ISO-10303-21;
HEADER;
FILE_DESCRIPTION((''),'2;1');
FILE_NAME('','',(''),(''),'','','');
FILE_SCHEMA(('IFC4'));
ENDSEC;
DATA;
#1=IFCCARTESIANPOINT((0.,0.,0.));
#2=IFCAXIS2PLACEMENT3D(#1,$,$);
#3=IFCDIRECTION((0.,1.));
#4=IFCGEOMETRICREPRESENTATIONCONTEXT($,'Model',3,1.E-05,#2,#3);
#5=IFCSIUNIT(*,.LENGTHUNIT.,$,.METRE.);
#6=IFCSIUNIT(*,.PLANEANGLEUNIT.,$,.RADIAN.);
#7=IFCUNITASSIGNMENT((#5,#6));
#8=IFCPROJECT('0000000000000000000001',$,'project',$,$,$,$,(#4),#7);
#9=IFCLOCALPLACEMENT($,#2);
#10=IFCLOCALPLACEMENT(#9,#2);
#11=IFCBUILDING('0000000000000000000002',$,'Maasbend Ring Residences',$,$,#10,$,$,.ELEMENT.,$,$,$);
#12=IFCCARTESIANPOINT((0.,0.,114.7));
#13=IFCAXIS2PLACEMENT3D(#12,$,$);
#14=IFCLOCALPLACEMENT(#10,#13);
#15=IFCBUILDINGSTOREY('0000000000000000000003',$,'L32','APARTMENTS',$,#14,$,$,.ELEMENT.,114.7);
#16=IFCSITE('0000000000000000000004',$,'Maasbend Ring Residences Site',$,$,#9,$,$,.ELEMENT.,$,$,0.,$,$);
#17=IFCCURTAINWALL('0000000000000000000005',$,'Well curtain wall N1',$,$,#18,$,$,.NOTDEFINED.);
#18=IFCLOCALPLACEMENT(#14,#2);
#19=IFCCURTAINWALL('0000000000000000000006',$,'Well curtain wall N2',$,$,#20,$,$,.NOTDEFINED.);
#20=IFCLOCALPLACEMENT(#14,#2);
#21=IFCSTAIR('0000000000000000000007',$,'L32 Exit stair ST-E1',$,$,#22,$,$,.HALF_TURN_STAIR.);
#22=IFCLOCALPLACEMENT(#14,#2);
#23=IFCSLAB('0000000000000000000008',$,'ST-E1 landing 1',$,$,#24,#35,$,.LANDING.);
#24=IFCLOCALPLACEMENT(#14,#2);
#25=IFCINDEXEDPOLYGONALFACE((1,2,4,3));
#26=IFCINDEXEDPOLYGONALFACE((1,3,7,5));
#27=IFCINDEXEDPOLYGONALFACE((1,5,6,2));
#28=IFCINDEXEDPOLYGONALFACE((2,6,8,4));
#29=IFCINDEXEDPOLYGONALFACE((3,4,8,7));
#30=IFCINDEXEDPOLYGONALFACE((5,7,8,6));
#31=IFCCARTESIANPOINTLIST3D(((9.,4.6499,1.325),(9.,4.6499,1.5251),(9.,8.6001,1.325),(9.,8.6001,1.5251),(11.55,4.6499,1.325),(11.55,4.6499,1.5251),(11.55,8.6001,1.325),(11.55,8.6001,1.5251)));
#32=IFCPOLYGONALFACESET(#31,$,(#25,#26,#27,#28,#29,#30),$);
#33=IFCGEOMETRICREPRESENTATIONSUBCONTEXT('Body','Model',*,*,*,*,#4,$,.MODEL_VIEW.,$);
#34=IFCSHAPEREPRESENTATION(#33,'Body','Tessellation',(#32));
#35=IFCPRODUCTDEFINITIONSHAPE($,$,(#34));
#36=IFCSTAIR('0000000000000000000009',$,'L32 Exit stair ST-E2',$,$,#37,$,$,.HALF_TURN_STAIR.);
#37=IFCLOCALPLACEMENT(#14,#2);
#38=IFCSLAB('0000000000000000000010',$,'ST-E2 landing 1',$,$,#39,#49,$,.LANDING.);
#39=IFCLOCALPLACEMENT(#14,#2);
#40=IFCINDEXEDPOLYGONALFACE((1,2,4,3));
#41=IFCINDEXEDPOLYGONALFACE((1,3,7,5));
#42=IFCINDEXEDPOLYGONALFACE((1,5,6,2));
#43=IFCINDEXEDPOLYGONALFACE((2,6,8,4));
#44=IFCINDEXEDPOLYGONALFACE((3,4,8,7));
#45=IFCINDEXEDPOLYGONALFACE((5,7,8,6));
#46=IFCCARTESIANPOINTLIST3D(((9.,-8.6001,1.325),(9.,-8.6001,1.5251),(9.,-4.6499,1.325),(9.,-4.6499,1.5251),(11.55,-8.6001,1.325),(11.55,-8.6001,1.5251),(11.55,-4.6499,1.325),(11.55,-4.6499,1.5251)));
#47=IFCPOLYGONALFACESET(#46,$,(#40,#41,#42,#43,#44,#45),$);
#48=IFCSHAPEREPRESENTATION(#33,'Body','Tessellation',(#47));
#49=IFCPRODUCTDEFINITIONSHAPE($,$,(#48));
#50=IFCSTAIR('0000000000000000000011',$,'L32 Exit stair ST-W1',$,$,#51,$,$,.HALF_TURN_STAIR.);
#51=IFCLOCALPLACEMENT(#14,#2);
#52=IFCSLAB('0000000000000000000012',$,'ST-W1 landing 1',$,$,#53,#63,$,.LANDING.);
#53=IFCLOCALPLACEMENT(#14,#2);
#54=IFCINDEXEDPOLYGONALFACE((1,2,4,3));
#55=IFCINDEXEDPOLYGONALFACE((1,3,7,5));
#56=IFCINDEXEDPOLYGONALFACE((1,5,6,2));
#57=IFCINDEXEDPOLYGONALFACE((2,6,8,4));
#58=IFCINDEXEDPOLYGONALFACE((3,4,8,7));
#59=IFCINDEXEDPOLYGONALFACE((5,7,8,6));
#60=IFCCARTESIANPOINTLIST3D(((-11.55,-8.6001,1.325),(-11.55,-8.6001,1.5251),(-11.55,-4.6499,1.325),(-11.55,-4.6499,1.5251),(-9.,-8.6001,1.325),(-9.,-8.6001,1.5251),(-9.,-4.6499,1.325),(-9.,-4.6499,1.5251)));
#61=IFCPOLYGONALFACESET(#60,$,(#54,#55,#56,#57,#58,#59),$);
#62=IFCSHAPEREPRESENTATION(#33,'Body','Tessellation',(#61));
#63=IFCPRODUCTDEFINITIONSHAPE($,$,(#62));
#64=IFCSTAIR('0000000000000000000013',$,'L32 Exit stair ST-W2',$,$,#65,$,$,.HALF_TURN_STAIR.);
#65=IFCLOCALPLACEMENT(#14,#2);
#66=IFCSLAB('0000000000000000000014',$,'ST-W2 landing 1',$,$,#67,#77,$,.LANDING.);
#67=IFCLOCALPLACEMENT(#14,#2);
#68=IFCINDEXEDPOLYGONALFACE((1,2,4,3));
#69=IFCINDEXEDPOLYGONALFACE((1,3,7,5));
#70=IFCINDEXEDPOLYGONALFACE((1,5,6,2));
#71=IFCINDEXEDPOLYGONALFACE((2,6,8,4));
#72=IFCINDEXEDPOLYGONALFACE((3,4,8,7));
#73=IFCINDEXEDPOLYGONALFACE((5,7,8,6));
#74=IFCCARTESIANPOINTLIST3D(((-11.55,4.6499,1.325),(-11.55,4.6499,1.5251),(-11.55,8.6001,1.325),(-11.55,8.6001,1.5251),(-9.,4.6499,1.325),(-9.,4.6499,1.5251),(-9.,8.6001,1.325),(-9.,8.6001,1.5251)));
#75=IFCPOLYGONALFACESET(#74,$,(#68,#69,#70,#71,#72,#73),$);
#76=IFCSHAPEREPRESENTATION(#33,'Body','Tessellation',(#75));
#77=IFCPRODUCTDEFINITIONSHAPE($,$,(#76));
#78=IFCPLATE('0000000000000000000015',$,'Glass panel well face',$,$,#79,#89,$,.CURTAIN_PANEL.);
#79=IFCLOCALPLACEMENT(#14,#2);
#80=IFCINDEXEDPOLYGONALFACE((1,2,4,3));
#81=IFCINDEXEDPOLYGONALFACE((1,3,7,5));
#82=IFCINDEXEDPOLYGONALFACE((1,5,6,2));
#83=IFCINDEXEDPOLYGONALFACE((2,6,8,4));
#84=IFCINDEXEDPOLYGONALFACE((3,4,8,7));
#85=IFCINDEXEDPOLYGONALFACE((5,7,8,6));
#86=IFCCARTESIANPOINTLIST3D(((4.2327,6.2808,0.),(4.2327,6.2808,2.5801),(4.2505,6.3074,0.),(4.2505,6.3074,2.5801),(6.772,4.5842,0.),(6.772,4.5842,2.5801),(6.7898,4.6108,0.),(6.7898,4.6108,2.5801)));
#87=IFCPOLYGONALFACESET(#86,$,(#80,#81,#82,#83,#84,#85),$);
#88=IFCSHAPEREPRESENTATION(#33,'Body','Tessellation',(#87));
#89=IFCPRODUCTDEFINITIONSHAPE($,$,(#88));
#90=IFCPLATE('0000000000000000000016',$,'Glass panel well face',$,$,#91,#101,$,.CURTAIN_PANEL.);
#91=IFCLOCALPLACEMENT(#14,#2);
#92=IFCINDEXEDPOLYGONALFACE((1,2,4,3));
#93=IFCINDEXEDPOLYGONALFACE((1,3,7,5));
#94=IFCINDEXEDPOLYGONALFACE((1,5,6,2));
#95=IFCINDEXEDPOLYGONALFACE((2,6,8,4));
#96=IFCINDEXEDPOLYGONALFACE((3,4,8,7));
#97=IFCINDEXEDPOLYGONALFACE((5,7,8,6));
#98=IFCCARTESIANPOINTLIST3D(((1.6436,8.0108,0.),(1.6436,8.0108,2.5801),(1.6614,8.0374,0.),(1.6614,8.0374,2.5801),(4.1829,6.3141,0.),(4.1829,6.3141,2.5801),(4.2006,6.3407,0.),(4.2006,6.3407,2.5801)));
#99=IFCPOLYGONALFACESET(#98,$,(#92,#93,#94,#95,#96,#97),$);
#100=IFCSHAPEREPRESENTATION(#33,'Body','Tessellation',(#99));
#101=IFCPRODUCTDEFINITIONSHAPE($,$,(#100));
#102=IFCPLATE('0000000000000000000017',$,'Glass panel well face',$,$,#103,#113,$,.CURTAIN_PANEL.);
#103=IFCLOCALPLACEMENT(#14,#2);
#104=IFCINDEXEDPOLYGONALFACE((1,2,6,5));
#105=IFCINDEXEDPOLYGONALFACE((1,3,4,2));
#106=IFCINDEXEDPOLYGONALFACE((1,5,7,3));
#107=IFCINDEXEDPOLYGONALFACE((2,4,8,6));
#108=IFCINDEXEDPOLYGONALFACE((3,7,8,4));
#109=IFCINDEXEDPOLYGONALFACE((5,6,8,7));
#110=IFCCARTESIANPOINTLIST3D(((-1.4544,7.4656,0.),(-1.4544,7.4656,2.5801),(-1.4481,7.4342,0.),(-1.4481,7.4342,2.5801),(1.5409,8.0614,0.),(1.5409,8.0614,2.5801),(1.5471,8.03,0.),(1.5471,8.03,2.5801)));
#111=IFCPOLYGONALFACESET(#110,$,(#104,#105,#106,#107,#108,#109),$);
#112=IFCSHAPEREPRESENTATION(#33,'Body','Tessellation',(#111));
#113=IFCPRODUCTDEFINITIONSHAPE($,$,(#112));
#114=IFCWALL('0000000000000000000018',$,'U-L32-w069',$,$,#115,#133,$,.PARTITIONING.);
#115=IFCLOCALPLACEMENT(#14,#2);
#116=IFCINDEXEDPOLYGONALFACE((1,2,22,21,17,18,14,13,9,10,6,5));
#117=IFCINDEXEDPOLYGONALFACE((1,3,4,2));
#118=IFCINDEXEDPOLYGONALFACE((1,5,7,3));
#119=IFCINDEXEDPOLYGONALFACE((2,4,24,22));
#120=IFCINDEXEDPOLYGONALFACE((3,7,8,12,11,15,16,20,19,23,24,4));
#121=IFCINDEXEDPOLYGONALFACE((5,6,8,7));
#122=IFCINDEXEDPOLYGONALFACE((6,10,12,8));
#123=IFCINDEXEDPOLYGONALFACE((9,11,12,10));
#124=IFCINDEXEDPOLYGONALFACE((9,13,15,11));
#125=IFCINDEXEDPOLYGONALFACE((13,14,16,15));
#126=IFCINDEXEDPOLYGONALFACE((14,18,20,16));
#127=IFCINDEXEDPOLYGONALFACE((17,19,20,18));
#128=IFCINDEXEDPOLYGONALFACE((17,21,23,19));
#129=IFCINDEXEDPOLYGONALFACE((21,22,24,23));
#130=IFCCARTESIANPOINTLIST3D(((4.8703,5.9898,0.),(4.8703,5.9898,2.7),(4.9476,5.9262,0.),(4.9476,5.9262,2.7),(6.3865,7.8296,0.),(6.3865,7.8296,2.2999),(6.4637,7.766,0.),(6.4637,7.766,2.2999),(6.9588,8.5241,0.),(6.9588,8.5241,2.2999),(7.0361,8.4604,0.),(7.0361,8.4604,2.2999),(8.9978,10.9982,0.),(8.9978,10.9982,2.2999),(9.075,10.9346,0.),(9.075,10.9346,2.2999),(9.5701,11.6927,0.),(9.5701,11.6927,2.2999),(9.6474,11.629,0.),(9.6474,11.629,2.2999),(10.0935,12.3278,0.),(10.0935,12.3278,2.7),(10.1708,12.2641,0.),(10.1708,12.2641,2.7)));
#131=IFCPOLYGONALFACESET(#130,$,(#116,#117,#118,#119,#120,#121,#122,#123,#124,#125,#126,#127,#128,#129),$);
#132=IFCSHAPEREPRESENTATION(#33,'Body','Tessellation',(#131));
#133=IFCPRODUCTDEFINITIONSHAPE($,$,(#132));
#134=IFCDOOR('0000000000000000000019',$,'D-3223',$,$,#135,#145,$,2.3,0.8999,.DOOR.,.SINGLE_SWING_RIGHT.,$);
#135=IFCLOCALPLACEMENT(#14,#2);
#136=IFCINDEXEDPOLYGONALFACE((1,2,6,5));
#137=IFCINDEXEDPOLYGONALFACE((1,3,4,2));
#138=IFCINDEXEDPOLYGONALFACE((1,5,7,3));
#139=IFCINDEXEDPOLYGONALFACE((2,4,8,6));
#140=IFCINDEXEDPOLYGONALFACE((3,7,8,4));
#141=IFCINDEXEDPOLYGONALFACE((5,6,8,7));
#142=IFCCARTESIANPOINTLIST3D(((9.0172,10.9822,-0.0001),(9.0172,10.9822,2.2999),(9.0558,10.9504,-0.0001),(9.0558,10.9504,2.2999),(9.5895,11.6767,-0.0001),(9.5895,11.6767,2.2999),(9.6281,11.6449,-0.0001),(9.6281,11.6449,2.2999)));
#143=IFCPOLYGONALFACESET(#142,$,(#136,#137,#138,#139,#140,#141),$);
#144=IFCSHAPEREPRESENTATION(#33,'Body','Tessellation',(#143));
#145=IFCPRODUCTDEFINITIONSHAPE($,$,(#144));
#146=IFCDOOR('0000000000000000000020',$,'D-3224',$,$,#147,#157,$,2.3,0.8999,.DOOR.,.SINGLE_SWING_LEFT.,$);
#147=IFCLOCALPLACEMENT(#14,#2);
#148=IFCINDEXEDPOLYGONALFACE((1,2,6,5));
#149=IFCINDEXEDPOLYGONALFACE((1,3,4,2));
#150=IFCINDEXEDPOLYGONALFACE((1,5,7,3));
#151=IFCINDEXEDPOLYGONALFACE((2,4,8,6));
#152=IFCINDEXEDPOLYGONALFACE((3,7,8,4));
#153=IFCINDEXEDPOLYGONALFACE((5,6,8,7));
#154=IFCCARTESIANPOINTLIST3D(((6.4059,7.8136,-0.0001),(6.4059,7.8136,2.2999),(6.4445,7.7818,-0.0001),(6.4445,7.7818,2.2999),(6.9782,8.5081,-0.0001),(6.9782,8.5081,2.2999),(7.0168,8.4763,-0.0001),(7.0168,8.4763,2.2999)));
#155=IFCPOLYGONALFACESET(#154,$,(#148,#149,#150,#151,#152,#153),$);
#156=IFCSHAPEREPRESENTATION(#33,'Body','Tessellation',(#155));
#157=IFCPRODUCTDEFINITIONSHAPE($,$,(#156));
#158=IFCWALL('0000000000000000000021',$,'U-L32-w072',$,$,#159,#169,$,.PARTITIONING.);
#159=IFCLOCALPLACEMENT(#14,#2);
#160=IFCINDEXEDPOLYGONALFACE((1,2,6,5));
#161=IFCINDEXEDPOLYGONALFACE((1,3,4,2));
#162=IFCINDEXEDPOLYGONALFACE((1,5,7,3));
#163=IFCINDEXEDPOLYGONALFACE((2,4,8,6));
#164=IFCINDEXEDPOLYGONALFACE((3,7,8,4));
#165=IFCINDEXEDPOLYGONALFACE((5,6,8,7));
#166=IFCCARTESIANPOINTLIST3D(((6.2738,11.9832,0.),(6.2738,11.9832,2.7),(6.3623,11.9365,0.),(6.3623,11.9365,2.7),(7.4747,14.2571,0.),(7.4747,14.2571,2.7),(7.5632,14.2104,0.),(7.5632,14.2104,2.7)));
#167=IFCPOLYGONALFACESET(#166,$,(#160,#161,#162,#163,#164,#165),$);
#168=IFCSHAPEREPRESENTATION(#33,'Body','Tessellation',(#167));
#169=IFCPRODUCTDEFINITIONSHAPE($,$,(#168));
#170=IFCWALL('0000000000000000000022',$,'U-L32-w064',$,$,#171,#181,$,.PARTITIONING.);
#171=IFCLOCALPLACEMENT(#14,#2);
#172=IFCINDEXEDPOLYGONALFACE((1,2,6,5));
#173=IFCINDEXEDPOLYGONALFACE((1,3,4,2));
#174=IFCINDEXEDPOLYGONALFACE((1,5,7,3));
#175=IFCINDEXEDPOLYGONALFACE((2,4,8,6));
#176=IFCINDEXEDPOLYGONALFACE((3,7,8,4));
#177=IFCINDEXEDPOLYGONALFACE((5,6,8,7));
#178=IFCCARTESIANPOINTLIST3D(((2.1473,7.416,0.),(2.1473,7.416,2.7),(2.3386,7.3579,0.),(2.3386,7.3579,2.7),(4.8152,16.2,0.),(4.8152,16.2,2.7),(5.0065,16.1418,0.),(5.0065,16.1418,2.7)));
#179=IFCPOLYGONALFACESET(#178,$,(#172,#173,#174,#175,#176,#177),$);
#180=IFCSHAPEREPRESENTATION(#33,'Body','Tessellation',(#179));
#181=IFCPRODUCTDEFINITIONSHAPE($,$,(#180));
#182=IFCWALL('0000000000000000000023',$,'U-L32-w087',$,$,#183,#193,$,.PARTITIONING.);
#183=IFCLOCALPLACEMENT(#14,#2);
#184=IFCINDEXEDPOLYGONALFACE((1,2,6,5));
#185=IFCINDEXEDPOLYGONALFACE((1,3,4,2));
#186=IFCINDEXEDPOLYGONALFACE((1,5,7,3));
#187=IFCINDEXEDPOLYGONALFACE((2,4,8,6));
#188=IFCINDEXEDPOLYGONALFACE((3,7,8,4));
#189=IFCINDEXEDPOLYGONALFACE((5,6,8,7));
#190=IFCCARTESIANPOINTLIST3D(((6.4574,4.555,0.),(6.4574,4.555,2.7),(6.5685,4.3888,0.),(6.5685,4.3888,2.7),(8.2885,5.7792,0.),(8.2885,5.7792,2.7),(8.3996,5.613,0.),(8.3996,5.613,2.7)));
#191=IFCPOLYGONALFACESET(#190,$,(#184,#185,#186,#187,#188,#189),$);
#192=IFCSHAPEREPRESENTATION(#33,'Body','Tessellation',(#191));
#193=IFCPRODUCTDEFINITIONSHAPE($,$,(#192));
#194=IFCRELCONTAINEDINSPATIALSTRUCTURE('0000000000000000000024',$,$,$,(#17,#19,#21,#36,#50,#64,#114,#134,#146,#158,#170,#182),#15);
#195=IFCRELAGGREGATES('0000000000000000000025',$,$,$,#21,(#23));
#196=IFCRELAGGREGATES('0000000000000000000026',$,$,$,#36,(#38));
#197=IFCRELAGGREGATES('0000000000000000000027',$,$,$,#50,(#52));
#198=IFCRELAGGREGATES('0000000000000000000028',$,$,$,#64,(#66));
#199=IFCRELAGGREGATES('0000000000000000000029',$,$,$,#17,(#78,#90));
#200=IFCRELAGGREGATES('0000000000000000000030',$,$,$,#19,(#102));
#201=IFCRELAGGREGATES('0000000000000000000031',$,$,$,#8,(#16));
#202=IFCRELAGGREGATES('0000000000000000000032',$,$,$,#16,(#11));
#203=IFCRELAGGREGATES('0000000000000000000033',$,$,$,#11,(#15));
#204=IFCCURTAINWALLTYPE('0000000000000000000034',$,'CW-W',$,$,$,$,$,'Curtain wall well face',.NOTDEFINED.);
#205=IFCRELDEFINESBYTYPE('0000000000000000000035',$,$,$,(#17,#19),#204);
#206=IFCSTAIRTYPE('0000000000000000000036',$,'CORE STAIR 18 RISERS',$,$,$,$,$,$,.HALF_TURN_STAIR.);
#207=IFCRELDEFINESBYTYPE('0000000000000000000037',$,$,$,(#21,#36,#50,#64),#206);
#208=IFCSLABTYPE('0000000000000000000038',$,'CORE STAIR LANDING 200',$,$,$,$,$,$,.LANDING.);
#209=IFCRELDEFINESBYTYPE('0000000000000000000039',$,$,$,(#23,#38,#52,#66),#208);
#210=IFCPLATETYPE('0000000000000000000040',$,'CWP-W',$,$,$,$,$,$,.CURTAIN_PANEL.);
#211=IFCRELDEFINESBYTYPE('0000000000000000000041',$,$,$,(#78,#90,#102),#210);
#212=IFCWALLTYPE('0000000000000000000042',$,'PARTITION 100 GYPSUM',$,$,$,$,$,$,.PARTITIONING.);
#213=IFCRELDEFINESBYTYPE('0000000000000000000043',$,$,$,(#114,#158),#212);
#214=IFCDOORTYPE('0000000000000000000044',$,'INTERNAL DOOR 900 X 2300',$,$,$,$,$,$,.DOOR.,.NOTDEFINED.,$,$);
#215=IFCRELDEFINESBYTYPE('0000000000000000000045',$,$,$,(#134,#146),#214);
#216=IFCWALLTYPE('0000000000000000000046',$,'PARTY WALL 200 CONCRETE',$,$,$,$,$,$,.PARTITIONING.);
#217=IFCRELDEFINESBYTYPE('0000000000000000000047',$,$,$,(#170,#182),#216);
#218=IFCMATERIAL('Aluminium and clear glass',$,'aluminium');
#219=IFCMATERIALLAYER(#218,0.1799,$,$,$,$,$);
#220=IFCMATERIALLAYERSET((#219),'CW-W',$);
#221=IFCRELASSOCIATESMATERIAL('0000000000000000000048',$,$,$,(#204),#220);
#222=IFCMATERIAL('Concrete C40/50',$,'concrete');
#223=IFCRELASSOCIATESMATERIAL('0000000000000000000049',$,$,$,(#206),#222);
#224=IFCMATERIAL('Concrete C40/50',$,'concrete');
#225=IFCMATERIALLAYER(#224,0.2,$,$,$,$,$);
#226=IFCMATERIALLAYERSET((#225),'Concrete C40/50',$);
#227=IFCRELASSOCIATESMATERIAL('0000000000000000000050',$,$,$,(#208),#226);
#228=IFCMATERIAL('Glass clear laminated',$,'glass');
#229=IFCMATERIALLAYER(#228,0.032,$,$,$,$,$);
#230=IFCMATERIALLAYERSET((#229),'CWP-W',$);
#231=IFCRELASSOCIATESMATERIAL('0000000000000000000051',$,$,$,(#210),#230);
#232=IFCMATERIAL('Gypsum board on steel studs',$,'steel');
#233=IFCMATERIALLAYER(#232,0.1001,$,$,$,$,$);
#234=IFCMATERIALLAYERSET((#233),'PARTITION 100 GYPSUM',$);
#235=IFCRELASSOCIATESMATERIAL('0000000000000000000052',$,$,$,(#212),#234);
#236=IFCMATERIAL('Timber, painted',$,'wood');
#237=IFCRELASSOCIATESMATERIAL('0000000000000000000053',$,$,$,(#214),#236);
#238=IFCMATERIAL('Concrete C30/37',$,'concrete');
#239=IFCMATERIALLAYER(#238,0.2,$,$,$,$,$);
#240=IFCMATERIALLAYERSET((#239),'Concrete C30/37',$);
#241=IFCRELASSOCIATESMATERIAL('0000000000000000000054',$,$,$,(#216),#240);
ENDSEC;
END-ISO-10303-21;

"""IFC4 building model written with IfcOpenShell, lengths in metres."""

from ifc_helpers import new_model, si_unit, direction, frame, frame_2d, origin, origin_2d, place, context, subcontext, project, spatial, polyline, rectangle, outline, extrude, material, layer, layer_set, type_object, element, fill, aggregate, save


model = new_model("IFC4")

# Units and contexts
model_context = context("Model", 3, precision=1e-05, world=origin(), true_north=direction((0.0, 1.0)))
body_context = subcontext(model_context, "Body", "Model", "MODEL_VIEW")
ifc_project = project(units=[si_unit("LENGTHUNIT", "METRE"), si_unit("PLANEANGLEUNIT", "RADIAN")], contexts=[model_context])

# Site, building, storey
site_placement = place(None, origin())
site = spatial("IfcSite", under=ifc_project, at=site_placement, Name="Maasbend Ring Residences Site", CompositionType="ELEMENT", RefElevation=0.0)
building_placement = place(site_placement, origin())
building = spatial("IfcBuilding", under=site, at=building_placement, Name="Maasbend Ring Residences", CompositionType="ELEMENT")
storey_placement = place(building_placement, frame((0.0, 0.0, 114.7)))
storey = spatial("IfcBuildingStorey", under=building, at=storey_placement, Name="L32", Description="APARTMENTS", CompositionType="ELEMENT", Elevation=114.7)

# Curtain wall
ifc_material_1 = material(Name="Aluminium and clear glass", Category="aluminium")
ifc_layer_1 = layer(ifc_material_1, 0.1799)
ifc_layer_set_1 = layer_set([ifc_layer_1], Name="CW-W")
curtain_wall_type = type_object("IfcCurtainWallType", Name="CW-W", ElementType="Curtain wall well face", PredefinedType="NOTDEFINED", material=ifc_layer_set_1)
curtain_wall_1_placement = place(storey_placement, origin())
curtain_wall_1 = element("IfcCurtainWall", 1, at=curtain_wall_1_placement, inside=storey, type_object=curtain_wall_type, Name="Well curtain wall N1", PredefinedType="NOTDEFINED")

# Curtain wall
curtain_wall_2_placement = place(storey_placement, origin())
curtain_wall_2 = element("IfcCurtainWall", 2, at=curtain_wall_2_placement, inside=storey, type_object=curtain_wall_type, Name="Well curtain wall N2", PredefinedType="NOTDEFINED")

# Stairs, slabs
ifc_material_2 = material(Name="Concrete C40/50", Category="concrete")
stair_type = type_object("IfcStairType", Name="CORE STAIR 18 RISERS", PredefinedType="HALF_TURN_STAIR", material=ifc_material_2)
stair_1_placement = place(storey_placement, origin())
stair_1 = element("IfcStair", 3, at=stair_1_placement, inside=storey, type_object=stair_type, Name="L32 Exit stair ST-E1", PredefinedType="HALF_TURN_STAIR")
ifc_material_3 = material(Name="Concrete C40/50", Category="concrete")
ifc_layer_2 = layer(ifc_material_3, 0.2)
ifc_layer_set_2 = layer_set([ifc_layer_2], Name="Concrete C40/50")
slab_type = type_object("IfcSlabType", Name="CORE STAIR LANDING 200", PredefinedType="LANDING", material=ifc_layer_set_2)
slab_1_placement = place(storey_placement, frame((0.0, 0.0, 1.325)))
slab_1 = element("IfcSlab", 4, at=slab_1_placement, type_object=slab_type, Name="ST-E1 landing 1", PredefinedType="LANDING", context=body_context, shape_type="SweptSolid", body=[
    extrude(outline(polyline([(11.55, 8.6001), (9.0, 8.6001), (9.0, 4.6499), (11.55, 4.6499), (11.55, 8.6001)])), origin(), (0.0, 0.0, 1.0), 0.2002),
])
aggregate(stair_1, [slab_1])
stair_2_placement = place(storey_placement, origin())
stair_2 = element("IfcStair", 5, at=stair_2_placement, inside=storey, type_object=stair_type, Name="L32 Exit stair ST-E2", PredefinedType="HALF_TURN_STAIR")
slab_2_placement = place(storey_placement, frame((0.0, 0.0, 1.325)))
slab_2 = element("IfcSlab", 6, at=slab_2_placement, type_object=slab_type, Name="ST-E2 landing 1", PredefinedType="LANDING", context=body_context, shape_type="SweptSolid", body=[
    extrude(outline(polyline([(11.55, -4.6499), (9.0, -4.6499), (9.0, -8.6001), (11.55, -8.6001), (11.55, -4.6499)])), origin(), (0.0, 0.0, 1.0), 0.2002),
])
aggregate(stair_2, [slab_2])
stair_3_placement = place(storey_placement, origin())
stair_3 = element("IfcStair", 7, at=stair_3_placement, inside=storey, type_object=stair_type, Name="L32 Exit stair ST-W1", PredefinedType="HALF_TURN_STAIR")
slab_3_placement = place(storey_placement, frame((0.0, 0.0, 1.325)))
slab_3 = element("IfcSlab", 8, at=slab_3_placement, type_object=slab_type, Name="ST-W1 landing 1", PredefinedType="LANDING", context=body_context, shape_type="SweptSolid", body=[
    extrude(outline(polyline([(-11.55, -8.6001), (-9.0, -8.6001), (-9.0, -4.6499), (-11.55, -4.6499), (-11.55, -8.6001)])), origin(), (0.0, 0.0, 1.0), 0.2002),
])
aggregate(stair_3, [slab_3])
stair_4_placement = place(storey_placement, origin())
stair_4 = element("IfcStair", 9, at=stair_4_placement, inside=storey, type_object=stair_type, Name="L32 Exit stair ST-W2", PredefinedType="HALF_TURN_STAIR")
slab_4_placement = place(storey_placement, frame((0.0, 0.0, 1.325)))
slab_4 = element("IfcSlab", 10, at=slab_4_placement, type_object=slab_type, Name="ST-W2 landing 1", PredefinedType="LANDING", context=body_context, shape_type="SweptSolid", body=[
    extrude(outline(polyline([(-11.55, 4.6499), (-9.0, 4.6499), (-9.0, 8.6001), (-11.55, 8.6001), (-11.55, 4.6499)])), origin(), (0.0, 0.0, 1.0), 0.2002),
])
aggregate(stair_4, [slab_4])

# Plates
ifc_material_4 = material(Name="Glass clear laminated", Category="glass")
ifc_layer_3 = layer(ifc_material_4, 0.032)
ifc_layer_set_3 = layer_set([ifc_layer_3], Name="CWP-W")
plate_type = type_object("IfcPlateType", Name="CWP-W", PredefinedType="CURTAIN_PANEL", material=ifc_layer_set_3)
plate_1_placement = place(storey_placement, frame((5.5112, 5.4458, 0.0), z_axis=(0.0, 0.0, 1.0), x_axis=(-0.83147, 0.55557, 0.0)))
plate_1 = element("IfcPlate", 11, at=plate_1_placement, type_object=plate_type, Name="Glass panel well face", PredefinedType="CURTAIN_PANEL", context=body_context, shape_type="SweptSolid", body=[
    extrude(rectangle(XDim=3.054, YDim=0.032, at=origin_2d()), origin(), (0.0, 0.0, 1.0), 2.5801),
])
plate_2_placement = place(storey_placement, frame((2.9221, 7.1758, 0.0), z_axis=(0.0, 0.0, 1.0), x_axis=(-0.83147, 0.55557, 0.0)))
plate_2 = element("IfcPlate", 12, at=plate_2_placement, type_object=plate_type, Name="Glass panel well face", PredefinedType="CURTAIN_PANEL", context=body_context, shape_type="SweptSolid", body=[
    extrude(rectangle(XDim=3.054, YDim=0.032, at=origin_2d()), origin(), (0.0, 0.0, 1.0), 2.5801),
])
aggregate(curtain_wall_1, [plate_1, plate_2])
plate_3_placement = place(storey_placement, frame((0.0464, 7.7478, 0.0), z_axis=(0.0, 0.0, 1.0), x_axis=(-0.980785, -0.19509, 0.0)))
plate_3 = element("IfcPlate", 13, at=plate_3_placement, type_object=plate_type, Name="Glass panel well face", PredefinedType="CURTAIN_PANEL", context=body_context, shape_type="SweptSolid", body=[
    extrude(rectangle(XDim=3.054, YDim=0.032, at=origin_2d()), origin(), (0.0, 0.0, 1.0), 2.5801),
])
aggregate(curtain_wall_2, [plate_3])

# Wall, openings, doors
ifc_material_5 = material(Name="Gypsum board on steel studs", Category="steel")
ifc_layer_4 = layer(ifc_material_5, 0.1001)
ifc_layer_set_4 = layer_set([ifc_layer_4], Name="PARTITION 100 GYPSUM")
wall_type_1 = type_object("IfcWallType", Name="PARTITION 100 GYPSUM", PredefinedType="PARTITIONING", material=ifc_layer_set_4)
wall_1_placement = place(storey_placement, frame((4.9089, 5.958, 0.0), z_axis=(0.0, 0.0, 1.0), x_axis=(0.635976, 0.771709, 0.0)))
wall_1 = element("IfcWall", 14, at=wall_1_placement, inside=storey, type_object=wall_type_1, Name="U-L32-w069", PredefinedType="PARTITIONING", context=body_context, shape_type="SweptSolid", body=[
    extrude(rectangle(XDim=8.2129, YDim=0.1001, at=frame_2d((4.1064, 0.0))), origin(), (0.0, 0.0, 1.0), 2.7),
])
opening_1_placement = place(wall_1_placement, frame((6.49, 0.0, 0.0)))
opening_1 = element("IfcOpeningElement", 15, at=opening_1_placement, cuts=wall_1, PredefinedType="OPENING", context=body_context, shape_type="SweptSolid", body=[
    extrude(rectangle(XDim=0.8999, YDim=2.3, at=frame_2d((0.45, 1.1499))), frame((0.0, 0.0601, 0.0), z_axis=(0.0, -1.0, 0.0), x_axis=(1.0, 0.0, 0.0)), (0.0, 0.0, 1.0), 0.1201),
])
opening_2_placement = place(wall_1_placement, frame((2.384, 0.0, 0.0)))
opening_2 = element("IfcOpeningElement", 16, at=opening_2_placement, cuts=wall_1, PredefinedType="OPENING", context=body_context, shape_type="SweptSolid", body=[
    extrude(rectangle(XDim=0.8999, YDim=2.3, at=frame_2d((0.45, 1.1499))), frame((0.0, 0.0601, 0.0), z_axis=(0.0, -1.0, 0.0), x_axis=(1.0, 0.0, 0.0)), (0.0, 0.0, 1.0), 0.1201),
])
ifc_material_6 = material(Name="Timber, painted", Category="wood")
door_type = type_object("IfcDoorType", Name="INTERNAL DOOR 900 X 2300", OperationType="NOTDEFINED", PredefinedType="DOOR", material=ifc_material_6)
door_1_placement = place(opening_1_placement, origin())
door_1 = element("IfcDoor", 17, at=door_1_placement, inside=storey, type_object=door_type, Name="D-3223", OperationType="SINGLE_SWING_RIGHT", OverallHeight=2.3, OverallWidth=0.8999, PredefinedType="DOOR", context=body_context, shape_type="SweptSolid", body=[
    extrude(rectangle(XDim=0.8999, YDim=2.3, at=frame_2d((0.45, 1.1499))), frame((0.0, 0.0249, 0.0), z_axis=(0.0, -1.0, 0.0), x_axis=(1.0, 0.0, 0.0)), (0.0, 0.0, 1.0), 0.05),
])
fill(opening_1, door_1)
door_2_placement = place(opening_2_placement, origin())
door_2 = element("IfcDoor", 18, at=door_2_placement, inside=storey, type_object=door_type, Name="D-3224", OperationType="SINGLE_SWING_LEFT", OverallHeight=2.3, OverallWidth=0.8999, PredefinedType="DOOR", context=body_context, shape_type="SweptSolid", body=[
    extrude(rectangle(XDim=0.8999, YDim=2.3, at=frame_2d((0.45, 1.1499))), frame((0.0, 0.0249, 0.0), z_axis=(0.0, -1.0, 0.0), x_axis=(1.0, 0.0, 0.0)), (0.0, 0.0, 1.0), 0.05),
])
fill(opening_2, door_2)

# Walls
wall_2_placement = place(storey_placement, frame((6.3181, 11.96, 0.0), z_axis=(0.0, 0.0, 1.0), x_axis=(0.467002, 0.884256, 0.0)))
element("IfcWall", 19, at=wall_2_placement, inside=storey, type_object=wall_type_1, Name="U-L32-w072", PredefinedType="PARTITIONING", context=body_context, shape_type="SweptSolid", body=[
    extrude(rectangle(XDim=2.5715, YDim=0.1001, at=frame_2d((1.2856, 0.0))), origin(), (0.0, 0.0, 1.0), 2.7),
])
ifc_material_7 = material(Name="Concrete C30/37", Category="concrete")
ifc_layer_5 = layer(ifc_material_7, 0.2)
ifc_layer_set_5 = layer_set([ifc_layer_5], Name="Concrete C30/37")
wall_type_2 = type_object("IfcWallType", Name="PARTY WALL 200 CONCRETE", PredefinedType="PARTITIONING", material=ifc_layer_set_5)
wall_3_placement = place(storey_placement, frame((2.2429, 7.387, 0.0), z_axis=(0.0, 0.0, 1.0), x_axis=(0.290623, 0.956838, 0.0)))
element("IfcWall", 20, at=wall_3_placement, inside=storey, type_object=wall_type_2, Name="U-L32-w064", PredefinedType="PARTITIONING", context=body_context, shape_type="SweptSolid", body=[
    extrude(rectangle(XDim=9.1802, YDim=0.2, at=frame_2d((4.5901, 0.0))), origin(), (0.0, 0.0, 1.0), 2.7),
])
wall_4_placement = place(storey_placement, frame((6.5129, 4.4719, 0.0), z_axis=(0.0, 0.0, 1.0), x_axis=(0.831333, 0.555774, 0.0)))
element("IfcWall", 21, at=wall_4_placement, inside=storey, type_object=wall_type_2, Name="U-L32-w087", PredefinedType="PARTITIONING", context=body_context, shape_type="SweptSolid", body=[
    extrude(rectangle(XDim=2.2026, YDim=0.2, at=frame_2d((1.1013, 0.0))), origin(), (0.0, 0.0, 1.0), 2.7),
])

save(model, "model.ifc")
